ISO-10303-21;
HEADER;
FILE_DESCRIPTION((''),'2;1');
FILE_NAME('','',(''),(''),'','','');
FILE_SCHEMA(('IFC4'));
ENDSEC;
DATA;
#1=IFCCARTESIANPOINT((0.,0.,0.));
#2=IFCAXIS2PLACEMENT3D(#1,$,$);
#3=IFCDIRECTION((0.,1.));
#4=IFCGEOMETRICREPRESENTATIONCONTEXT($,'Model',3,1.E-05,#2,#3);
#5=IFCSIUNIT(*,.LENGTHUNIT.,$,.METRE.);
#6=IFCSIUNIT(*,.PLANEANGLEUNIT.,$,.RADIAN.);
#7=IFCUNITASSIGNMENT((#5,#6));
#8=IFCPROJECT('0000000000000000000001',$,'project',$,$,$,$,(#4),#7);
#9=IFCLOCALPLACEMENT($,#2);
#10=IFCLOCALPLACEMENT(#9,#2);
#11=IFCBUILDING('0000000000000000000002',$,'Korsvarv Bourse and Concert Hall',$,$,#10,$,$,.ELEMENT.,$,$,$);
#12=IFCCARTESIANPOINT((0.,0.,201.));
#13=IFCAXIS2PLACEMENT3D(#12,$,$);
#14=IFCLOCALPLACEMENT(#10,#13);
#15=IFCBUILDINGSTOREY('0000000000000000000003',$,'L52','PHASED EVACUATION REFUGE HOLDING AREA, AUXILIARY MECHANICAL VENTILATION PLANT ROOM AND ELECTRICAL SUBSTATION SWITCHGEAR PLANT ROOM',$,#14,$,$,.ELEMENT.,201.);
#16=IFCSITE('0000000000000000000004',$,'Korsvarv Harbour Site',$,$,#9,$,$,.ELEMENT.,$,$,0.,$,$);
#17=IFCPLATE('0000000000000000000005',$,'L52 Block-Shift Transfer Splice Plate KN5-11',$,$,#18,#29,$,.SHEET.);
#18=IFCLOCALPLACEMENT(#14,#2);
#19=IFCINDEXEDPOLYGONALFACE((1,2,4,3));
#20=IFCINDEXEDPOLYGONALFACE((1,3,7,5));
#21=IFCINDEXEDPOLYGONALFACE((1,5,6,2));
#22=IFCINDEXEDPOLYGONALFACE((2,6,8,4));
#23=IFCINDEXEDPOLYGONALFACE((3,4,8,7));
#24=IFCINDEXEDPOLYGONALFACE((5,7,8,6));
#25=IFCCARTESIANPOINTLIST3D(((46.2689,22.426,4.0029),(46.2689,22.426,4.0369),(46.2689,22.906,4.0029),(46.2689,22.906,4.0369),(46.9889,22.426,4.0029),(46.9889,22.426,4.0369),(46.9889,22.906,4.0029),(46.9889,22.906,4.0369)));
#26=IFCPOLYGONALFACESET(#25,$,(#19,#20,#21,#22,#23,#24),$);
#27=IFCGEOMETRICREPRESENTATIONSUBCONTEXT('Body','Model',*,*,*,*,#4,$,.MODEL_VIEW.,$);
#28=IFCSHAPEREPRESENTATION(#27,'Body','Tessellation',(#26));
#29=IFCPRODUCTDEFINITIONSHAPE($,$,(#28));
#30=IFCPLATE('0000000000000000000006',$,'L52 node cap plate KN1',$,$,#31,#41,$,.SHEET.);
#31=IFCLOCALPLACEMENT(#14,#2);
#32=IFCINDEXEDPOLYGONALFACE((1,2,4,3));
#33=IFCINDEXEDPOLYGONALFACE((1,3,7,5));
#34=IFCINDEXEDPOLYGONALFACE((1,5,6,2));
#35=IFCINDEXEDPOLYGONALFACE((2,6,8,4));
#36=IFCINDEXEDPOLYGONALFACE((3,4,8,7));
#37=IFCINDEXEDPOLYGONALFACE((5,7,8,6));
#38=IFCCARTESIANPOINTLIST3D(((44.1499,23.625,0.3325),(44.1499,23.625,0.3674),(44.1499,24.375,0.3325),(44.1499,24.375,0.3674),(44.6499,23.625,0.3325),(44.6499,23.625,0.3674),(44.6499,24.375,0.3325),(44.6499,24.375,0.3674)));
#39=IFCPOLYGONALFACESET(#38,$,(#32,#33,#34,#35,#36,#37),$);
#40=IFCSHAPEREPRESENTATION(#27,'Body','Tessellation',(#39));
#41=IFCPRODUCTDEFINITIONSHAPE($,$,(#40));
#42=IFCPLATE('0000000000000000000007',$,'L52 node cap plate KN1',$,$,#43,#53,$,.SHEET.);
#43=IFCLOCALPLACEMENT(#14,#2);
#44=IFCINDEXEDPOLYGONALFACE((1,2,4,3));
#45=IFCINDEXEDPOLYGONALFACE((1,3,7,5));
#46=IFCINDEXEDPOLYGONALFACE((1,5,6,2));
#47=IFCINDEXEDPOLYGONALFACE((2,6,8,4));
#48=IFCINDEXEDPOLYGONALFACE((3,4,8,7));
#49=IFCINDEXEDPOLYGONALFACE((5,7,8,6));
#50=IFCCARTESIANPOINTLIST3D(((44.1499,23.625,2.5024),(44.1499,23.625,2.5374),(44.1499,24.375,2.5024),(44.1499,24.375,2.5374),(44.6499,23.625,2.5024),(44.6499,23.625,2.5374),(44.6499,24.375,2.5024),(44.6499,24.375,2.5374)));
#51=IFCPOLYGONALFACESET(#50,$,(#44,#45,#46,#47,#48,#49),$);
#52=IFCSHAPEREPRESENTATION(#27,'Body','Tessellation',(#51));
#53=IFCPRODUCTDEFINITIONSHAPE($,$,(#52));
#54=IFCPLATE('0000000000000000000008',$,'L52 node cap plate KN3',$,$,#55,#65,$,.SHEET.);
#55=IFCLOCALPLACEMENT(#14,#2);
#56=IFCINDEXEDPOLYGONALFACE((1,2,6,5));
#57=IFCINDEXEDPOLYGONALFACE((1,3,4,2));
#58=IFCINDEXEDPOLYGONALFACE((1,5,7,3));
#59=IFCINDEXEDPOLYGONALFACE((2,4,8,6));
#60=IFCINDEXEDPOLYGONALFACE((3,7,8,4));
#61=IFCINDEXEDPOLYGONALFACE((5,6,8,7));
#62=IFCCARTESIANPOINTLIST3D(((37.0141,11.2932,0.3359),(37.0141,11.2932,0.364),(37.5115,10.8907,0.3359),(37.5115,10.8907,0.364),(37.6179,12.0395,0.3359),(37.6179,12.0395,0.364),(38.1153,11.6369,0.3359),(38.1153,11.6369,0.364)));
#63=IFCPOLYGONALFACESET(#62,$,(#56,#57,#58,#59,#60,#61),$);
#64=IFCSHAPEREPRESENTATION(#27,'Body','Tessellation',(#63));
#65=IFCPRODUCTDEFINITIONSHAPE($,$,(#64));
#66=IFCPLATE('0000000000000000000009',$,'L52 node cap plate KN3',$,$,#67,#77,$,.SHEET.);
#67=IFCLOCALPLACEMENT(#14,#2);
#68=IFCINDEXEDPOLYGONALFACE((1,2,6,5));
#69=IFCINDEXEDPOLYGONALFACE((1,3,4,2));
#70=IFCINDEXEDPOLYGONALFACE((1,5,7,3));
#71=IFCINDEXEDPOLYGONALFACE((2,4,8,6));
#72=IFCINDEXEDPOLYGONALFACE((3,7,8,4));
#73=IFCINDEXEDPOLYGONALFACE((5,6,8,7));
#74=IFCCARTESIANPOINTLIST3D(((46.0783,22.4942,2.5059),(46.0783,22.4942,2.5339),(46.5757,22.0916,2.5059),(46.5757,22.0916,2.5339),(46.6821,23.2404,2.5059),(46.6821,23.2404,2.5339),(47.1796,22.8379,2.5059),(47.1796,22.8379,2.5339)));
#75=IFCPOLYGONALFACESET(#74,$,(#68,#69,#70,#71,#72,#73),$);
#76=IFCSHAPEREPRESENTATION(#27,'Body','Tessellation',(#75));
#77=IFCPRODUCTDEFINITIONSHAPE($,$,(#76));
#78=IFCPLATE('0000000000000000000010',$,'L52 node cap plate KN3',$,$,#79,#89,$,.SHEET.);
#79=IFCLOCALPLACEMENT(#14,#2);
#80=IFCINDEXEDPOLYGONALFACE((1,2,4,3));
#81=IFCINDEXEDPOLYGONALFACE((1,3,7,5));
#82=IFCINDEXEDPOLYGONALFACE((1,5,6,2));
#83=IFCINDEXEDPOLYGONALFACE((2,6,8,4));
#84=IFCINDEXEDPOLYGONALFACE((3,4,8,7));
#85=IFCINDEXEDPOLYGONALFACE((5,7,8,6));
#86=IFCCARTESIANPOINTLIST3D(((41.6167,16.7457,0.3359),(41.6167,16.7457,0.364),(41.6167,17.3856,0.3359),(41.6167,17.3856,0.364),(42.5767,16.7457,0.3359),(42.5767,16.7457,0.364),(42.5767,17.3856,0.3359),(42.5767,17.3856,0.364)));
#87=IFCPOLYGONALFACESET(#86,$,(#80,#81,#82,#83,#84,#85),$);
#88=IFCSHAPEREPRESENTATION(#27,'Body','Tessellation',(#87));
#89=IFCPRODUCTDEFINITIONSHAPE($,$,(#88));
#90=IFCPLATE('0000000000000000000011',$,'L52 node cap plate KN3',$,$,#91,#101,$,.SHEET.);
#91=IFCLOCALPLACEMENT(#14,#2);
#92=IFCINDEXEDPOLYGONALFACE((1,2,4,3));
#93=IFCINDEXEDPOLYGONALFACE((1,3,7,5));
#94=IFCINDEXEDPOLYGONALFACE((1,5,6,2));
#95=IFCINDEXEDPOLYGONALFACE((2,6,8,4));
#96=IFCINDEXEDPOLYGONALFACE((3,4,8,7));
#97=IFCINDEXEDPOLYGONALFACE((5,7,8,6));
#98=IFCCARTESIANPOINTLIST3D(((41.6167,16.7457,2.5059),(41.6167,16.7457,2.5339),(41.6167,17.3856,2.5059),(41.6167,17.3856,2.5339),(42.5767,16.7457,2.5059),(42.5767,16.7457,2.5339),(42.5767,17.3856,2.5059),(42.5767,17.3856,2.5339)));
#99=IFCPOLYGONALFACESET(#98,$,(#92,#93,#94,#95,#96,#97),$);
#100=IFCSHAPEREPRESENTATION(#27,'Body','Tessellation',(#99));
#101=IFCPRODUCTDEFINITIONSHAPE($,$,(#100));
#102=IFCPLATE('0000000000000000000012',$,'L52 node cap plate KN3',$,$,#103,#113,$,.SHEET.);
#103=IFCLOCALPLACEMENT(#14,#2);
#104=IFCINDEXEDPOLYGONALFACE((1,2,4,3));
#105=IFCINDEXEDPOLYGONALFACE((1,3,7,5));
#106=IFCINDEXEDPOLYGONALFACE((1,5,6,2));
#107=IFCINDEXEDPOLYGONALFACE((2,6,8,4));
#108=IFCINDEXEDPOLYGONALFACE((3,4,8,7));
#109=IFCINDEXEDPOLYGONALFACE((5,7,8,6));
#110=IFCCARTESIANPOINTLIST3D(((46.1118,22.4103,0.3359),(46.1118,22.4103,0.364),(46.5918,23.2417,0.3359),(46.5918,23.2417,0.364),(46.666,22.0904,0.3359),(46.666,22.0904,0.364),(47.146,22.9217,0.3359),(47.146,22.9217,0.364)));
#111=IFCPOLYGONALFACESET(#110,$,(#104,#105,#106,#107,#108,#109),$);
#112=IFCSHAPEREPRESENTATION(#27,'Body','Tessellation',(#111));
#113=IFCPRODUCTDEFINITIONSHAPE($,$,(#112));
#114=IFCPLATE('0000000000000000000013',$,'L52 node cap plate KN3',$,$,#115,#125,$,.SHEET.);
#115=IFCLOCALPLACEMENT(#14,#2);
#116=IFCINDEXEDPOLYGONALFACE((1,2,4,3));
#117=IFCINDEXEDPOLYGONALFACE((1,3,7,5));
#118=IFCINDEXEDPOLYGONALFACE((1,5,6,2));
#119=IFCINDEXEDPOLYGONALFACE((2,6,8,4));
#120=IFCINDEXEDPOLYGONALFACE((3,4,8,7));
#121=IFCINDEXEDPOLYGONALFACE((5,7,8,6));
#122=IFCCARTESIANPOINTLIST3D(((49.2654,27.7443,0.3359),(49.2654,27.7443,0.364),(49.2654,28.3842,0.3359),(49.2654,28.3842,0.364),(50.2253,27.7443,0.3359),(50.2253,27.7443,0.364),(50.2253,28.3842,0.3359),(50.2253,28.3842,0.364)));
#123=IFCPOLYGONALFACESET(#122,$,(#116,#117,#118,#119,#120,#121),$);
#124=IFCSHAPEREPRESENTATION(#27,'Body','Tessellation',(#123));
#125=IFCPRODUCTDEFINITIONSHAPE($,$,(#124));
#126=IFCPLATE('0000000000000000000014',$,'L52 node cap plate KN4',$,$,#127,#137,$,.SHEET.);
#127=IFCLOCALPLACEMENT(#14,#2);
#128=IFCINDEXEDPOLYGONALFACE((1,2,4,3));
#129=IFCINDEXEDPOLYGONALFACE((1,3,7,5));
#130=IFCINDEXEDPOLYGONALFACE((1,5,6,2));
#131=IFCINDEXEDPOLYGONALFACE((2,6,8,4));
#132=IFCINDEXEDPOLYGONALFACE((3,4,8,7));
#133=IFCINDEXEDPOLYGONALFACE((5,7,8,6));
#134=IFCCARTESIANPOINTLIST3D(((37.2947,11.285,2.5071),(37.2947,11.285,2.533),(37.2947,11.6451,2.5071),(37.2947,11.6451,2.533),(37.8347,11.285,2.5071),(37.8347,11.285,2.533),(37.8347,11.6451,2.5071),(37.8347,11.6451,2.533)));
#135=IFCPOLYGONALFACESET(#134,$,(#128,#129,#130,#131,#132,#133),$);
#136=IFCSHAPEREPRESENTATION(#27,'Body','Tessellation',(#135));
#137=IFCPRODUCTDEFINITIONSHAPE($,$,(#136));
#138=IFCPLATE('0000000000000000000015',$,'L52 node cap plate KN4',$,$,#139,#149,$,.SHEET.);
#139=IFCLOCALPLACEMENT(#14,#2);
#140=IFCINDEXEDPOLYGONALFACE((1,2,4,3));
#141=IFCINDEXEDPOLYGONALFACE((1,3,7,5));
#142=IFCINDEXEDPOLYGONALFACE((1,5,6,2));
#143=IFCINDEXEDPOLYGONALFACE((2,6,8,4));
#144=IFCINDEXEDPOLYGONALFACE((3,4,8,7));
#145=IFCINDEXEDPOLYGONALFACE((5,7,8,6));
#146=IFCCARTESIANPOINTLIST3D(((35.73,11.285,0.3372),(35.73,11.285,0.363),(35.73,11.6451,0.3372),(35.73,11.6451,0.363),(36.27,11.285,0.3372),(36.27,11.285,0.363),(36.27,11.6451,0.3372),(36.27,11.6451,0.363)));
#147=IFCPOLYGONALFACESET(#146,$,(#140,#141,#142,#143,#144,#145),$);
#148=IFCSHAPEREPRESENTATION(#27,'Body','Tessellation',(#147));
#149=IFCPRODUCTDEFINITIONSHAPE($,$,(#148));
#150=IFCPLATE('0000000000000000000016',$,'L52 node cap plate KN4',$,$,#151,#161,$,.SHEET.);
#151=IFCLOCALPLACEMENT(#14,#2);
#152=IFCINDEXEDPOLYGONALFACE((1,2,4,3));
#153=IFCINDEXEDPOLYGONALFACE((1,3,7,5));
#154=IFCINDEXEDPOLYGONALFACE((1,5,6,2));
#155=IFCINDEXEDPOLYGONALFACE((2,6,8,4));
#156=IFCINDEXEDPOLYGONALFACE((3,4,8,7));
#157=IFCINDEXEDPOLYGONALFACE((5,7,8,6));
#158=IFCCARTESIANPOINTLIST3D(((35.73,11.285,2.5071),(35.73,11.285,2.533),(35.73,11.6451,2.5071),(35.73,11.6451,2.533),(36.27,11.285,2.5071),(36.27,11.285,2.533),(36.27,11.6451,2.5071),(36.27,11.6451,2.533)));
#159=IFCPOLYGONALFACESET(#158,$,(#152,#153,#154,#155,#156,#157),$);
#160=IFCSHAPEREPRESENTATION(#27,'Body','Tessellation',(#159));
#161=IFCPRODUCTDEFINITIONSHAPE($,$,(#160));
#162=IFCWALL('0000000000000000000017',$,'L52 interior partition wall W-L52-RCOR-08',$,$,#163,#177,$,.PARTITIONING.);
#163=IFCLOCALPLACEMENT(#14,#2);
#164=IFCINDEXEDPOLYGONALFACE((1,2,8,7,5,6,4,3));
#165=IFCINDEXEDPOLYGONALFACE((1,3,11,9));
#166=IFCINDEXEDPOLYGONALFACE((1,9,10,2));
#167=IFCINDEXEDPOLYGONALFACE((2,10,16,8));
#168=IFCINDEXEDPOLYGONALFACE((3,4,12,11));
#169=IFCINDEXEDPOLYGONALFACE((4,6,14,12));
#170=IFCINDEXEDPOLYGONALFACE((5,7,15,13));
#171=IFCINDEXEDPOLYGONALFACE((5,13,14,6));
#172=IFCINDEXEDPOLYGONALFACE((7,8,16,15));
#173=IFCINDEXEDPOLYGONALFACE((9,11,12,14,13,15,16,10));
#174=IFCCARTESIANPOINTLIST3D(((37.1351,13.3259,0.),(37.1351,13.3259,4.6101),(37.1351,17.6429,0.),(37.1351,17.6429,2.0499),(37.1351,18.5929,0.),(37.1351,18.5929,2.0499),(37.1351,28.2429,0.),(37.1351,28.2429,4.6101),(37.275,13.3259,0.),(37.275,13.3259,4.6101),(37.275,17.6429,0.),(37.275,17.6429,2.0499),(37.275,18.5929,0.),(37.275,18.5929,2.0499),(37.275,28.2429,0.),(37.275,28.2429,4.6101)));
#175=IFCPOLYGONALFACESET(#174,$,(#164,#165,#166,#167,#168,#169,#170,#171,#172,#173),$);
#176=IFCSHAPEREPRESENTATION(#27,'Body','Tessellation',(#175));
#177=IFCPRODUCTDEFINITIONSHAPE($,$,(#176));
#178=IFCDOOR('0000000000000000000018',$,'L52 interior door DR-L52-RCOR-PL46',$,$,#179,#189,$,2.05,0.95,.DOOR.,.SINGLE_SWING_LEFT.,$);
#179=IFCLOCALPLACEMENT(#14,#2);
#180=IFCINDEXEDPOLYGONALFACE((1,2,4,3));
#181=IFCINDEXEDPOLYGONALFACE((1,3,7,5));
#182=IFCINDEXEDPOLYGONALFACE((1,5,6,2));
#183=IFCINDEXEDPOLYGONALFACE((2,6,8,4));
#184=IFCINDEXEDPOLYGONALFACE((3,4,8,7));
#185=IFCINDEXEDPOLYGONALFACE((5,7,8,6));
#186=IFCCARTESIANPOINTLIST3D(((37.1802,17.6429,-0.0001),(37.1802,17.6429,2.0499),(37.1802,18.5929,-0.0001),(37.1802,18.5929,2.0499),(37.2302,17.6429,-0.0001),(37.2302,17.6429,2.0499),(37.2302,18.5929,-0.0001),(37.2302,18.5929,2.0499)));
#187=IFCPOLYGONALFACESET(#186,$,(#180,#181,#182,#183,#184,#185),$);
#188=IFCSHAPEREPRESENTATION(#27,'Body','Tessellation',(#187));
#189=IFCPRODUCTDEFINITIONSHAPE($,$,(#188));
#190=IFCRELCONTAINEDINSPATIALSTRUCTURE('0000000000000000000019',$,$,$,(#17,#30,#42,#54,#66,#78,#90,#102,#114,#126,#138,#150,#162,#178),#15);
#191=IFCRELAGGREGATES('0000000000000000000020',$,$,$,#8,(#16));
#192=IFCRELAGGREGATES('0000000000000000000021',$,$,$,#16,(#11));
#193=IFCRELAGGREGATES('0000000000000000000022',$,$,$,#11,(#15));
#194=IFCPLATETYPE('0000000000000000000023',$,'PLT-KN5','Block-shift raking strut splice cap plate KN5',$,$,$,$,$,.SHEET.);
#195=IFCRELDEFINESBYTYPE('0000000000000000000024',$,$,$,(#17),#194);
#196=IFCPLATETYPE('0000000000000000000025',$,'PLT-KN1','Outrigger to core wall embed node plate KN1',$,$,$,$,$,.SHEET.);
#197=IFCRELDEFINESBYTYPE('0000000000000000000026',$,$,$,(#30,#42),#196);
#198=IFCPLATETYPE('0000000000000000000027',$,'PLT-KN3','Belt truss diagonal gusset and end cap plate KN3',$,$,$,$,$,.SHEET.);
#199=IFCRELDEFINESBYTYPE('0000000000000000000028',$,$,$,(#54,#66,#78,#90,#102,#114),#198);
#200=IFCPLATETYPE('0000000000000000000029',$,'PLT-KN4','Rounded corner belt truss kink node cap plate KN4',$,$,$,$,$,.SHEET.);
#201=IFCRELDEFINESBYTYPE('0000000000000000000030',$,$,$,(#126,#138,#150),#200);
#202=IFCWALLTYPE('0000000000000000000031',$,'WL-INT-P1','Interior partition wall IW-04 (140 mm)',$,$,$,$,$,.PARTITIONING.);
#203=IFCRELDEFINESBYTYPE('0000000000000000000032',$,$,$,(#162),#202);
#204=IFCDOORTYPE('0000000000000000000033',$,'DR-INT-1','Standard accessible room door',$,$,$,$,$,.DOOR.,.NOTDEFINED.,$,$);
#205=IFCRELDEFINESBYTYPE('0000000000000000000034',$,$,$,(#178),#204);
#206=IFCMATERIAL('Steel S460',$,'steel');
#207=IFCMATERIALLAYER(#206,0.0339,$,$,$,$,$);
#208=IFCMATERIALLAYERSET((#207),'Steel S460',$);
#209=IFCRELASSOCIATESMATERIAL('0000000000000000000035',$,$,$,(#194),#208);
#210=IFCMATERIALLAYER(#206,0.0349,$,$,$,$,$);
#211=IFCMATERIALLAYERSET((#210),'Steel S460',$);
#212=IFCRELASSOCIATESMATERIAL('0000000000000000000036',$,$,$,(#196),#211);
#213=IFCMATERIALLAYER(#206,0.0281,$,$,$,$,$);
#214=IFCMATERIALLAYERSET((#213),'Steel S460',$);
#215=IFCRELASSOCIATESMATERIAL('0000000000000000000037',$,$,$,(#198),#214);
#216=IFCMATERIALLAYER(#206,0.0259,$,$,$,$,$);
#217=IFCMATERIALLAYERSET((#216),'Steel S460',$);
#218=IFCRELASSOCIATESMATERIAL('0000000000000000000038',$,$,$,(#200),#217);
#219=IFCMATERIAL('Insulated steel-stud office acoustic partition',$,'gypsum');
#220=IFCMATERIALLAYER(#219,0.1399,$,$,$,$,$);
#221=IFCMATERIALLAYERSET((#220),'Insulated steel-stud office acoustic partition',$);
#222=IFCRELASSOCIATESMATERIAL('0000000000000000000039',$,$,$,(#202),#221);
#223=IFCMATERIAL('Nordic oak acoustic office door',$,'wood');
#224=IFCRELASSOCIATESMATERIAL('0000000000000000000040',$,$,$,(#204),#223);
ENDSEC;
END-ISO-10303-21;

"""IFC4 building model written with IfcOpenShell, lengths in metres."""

from ifc_helpers import new_model, si_unit, direction, frame, frame_2d, origin, origin_2d, place, context, subcontext, project, spatial, rectangle, extrude, source, transform, mapped, material, layer, layer_set, type_object, element, fill, save


model = new_model("IFC4")

# Units and contexts
model_context = context("Model", 3, precision=1e-05, world=origin(), true_north=direction((0.0, 1.0)))
body_context = subcontext(model_context, "Body", "Model", "MODEL_VIEW")
ifc_project = project(units=[si_unit("LENGTHUNIT", "METRE"), si_unit("PLANEANGLEUNIT", "RADIAN")], contexts=[model_context])

# Site, building, storey
site_placement = place(None, origin())
site = spatial("IfcSite", under=ifc_project, at=site_placement, Name="Korsvarv Harbour Site", CompositionType="ELEMENT", RefElevation=0.0)
building_placement = place(site_placement, origin())
building = spatial("IfcBuilding", under=site, at=building_placement, Name="Korsvarv Bourse and Concert Hall", CompositionType="ELEMENT")
storey_placement = place(building_placement, frame((0.0, 0.0, 201.0)))
storey = spatial("IfcBuildingStorey", under=building, at=storey_placement, Name="L52", Description="PHASED EVACUATION REFUGE HOLDING AREA, AUXILIARY MECHANICAL VENTILATION PLANT ROOM AND ELECTRICAL SUBSTATION SWITCHGEAR PLANT ROOM", CompositionType="ELEMENT", Elevation=201.0)

# Plates
ifc_material_1 = material(Name="Steel S460", Category="steel")
ifc_layer_1 = layer(ifc_material_1, 0.0339)
ifc_layer_set_1 = layer_set([ifc_layer_1], Name="Steel S460")
plate_type_1 = type_object("IfcPlateType", Name="PLT-KN5", Description="Block-shift raking strut splice cap plate KN5", PredefinedType="SHEET", material=ifc_layer_set_1)
shared_shape_1 = source(origin(), body_context, "Body", "SweptSolid", [
    extrude(rectangle(XDim=0.72, YDim=0.48, at=origin_2d()), origin(), (0.0, 0.0, 1.0), 0.0339),
])
for number, where, z_axis, x_axis, name in (
    (1, (46.6289, 22.666, 4.0029), (0.0, 0.0, 1.0), (1.0, 0.0, 0.0), "L52 Block-Shift Transfer Splice Plate KN5-11"),
):
    element("IfcPlate", number, at=place(storey_placement, frame(where, z_axis=z_axis, x_axis=x_axis)), inside=storey, type_object=plate_type_1, Name=name, PredefinedType="SHEET", context=body_context, shape_type="MappedRepresentation", body=[
        mapped(shared_shape_1, transform((0.0, 0.0, 0.0), scale=1.0)),
    ])
ifc_layer_2 = layer(ifc_material_1, 0.0349)
ifc_layer_set_2 = layer_set([ifc_layer_2], Name="Steel S460")
plate_type_2 = type_object("IfcPlateType", Name="PLT-KN1", Description="Outrigger to core wall embed node plate KN1", PredefinedType="SHEET", material=ifc_layer_set_2)
shared_shape_2 = source(origin(), body_context, "Body", "SweptSolid", [
    extrude(rectangle(XDim=0.75, YDim=0.5, at=origin_2d()), origin(), (0.0, 0.0, 1.0), 0.0349),
])
for number, where, z_axis, x_axis, name in (
    (2, (44.3999, 24.0, 0.3325), (0.0, 0.0, 1.0), (0.0, 1.0, 0.0), "L52 node cap plate KN1"),
    (3, (44.3999, 24.0, 2.5024), (0.0, 0.0, 1.0), (0.0, 1.0, 0.0), "L52 node cap plate KN1"),
):
    element("IfcPlate", number, at=place(storey_placement, frame(where, z_axis=z_axis, x_axis=x_axis)), inside=storey, type_object=plate_type_2, Name=name, PredefinedType="SHEET", context=body_context, shape_type="MappedRepresentation", body=[
        mapped(shared_shape_2, transform((0.0, 0.0, 0.0), scale=1.0)),
    ])
ifc_layer_3 = layer(ifc_material_1, 0.0281)
ifc_layer_set_3 = layer_set([ifc_layer_3], Name="Steel S460")
plate_type_3 = type_object("IfcPlateType", Name="PLT-KN3", Description="Belt truss diagonal gusset and end cap plate KN3", PredefinedType="SHEET", material=ifc_layer_set_3)
shared_shape_3 = source(origin(), body_context, "Body", "SweptSolid", [
    extrude(rectangle(XDim=0.96, YDim=0.6399, at=origin_2d()), origin(), (0.0, 0.0, 1.0), 0.0281),
])
for number, where, z_axis, x_axis, name in (
    (4, (37.5647, 11.4651, 0.3359), (0.0, 0.0, 1.0), (0.629049, 0.777366, 0.0), "L52 node cap plate KN3"),
    (5, (46.6289, 22.666, 2.5059), (0.0, 0.0, 1.0), (0.629049, 0.777366, 0.0), "L52 node cap plate KN3"),
    (6, (42.0967, 17.0657, 0.3359), (0.0, 0.0, 1.0), (1.0, 0.0, 0.0), "L52 node cap plate KN3"),
    (7, (42.0967, 17.0657, 2.5059), (0.0, 0.0, 1.0), (1.0, 0.0, 0.0), "L52 node cap plate KN3"),
    (8, (46.6289, 22.666, 0.3359), (0.0, 0.0, 1.0), (0.5, 0.866025, 0.0), "L52 node cap plate KN3"),
    (9, (49.7454, 28.0642, 0.3359), (0.0, 0.0, 1.0), (1.0, 0.0, 0.0), "L52 node cap plate KN3"),
):
    element("IfcPlate", number, at=place(storey_placement, frame(where, z_axis=z_axis, x_axis=x_axis)), inside=storey, type_object=plate_type_3, Name=name, PredefinedType="SHEET", context=body_context, shape_type="MappedRepresentation", body=[
        mapped(shared_shape_3, transform((0.0, 0.0, 0.0), scale=1.0)),
    ])
ifc_layer_4 = layer(ifc_material_1, 0.0259)
ifc_layer_set_4 = layer_set([ifc_layer_4], Name="Steel S460")
plate_type_4 = type_object("IfcPlateType", Name="PLT-KN4", Description="Rounded corner belt truss kink node cap plate KN4", PredefinedType="SHEET", material=ifc_layer_set_4)
shared_shape_4 = source(origin(), body_context, "Body", "SweptSolid", [
    extrude(rectangle(XDim=0.54, YDim=0.3601, at=origin_2d()), origin(), (0.0, 0.0, 1.0), 0.0259),
])
for number, where, z_axis, x_axis, name in (
    (10, (37.5647, 11.4651, 2.5071), (0.0, 0.0, 1.0), (1.0, 0.0, 0.0), "L52 node cap plate KN4"),
    (11, (36.0, 11.4651, 0.3372), (0.0, 0.0, 1.0), (1.0, 0.0, 0.0), "L52 node cap plate KN4"),
    (12, (36.0, 11.4651, 2.5071), (0.0, 0.0, 1.0), (1.0, 0.0, 0.0), "L52 node cap plate KN4"),
):
    element("IfcPlate", number, at=place(storey_placement, frame(where, z_axis=z_axis, x_axis=x_axis)), inside=storey, type_object=plate_type_4, Name=name, PredefinedType="SHEET", context=body_context, shape_type="MappedRepresentation", body=[
        mapped(shared_shape_4, transform((0.0, 0.0, 0.0), scale=1.0)),
    ])

# Wall, opening, door
ifc_material_2 = material(Name="Insulated steel-stud office acoustic partition", Category="gypsum")
ifc_layer_5 = layer(ifc_material_2, 0.1399)
ifc_layer_set_5 = layer_set([ifc_layer_5], Name="Insulated steel-stud office acoustic partition")
wall_type = type_object("IfcWallType", Name="WL-INT-P1", Description="Interior partition wall IW-04 (140 mm)", PredefinedType="PARTITIONING", material=ifc_layer_set_5)
wall_placement = place(storey_placement, frame((37.2051, 13.3259, 0.0), z_axis=(0.0, 0.0, 1.0), x_axis=(0.0, 1.0, 0.0)))
wall = element("IfcWall", 13, at=wall_placement, inside=storey, type_object=wall_type, Name="L52 interior partition wall W-L52-RCOR-08", PredefinedType="PARTITIONING", context=body_context, shape_type="SweptSolid", body=[
    extrude(rectangle(XDim=14.917, YDim=0.1399, at=frame_2d((7.4585, 0.0))), origin(), (0.0, 0.0, 1.0), 4.6101),
])
opening_placement = place(wall_placement, frame((4.3169, 0.0, 0.0)))
opening = element("IfcOpeningElement", 14, at=opening_placement, cuts=wall, PredefinedType="OPENING", context=body_context, shape_type="SweptSolid", body=[
    extrude(rectangle(XDim=0.95, YDim=2.05, at=frame_2d((0.4751, 1.0249))), frame((0.0, 0.0801, 0.0), z_axis=(0.0, -1.0, 0.0), x_axis=(1.0, 0.0, 0.0)), (0.0, 0.0, 1.0), 0.1599),
])
ifc_material_3 = material(Name="Nordic oak acoustic office door", Category="wood")
door_type = type_object("IfcDoorType", Name="DR-INT-1", Description="Standard accessible room door", OperationType="NOTDEFINED", PredefinedType="DOOR", material=ifc_material_3)
door_placement = place(opening_placement, origin())
door = element("IfcDoor", 15, at=door_placement, inside=storey, type_object=door_type, Name="L52 interior door DR-L52-RCOR-PL46", OperationType="SINGLE_SWING_LEFT", OverallHeight=2.05, OverallWidth=0.95, PredefinedType="DOOR", context=body_context, shape_type="SweptSolid", body=[
    extrude(rectangle(XDim=0.95, YDim=2.05, at=frame_2d((0.4751, 1.0249))), frame((0.0, 0.0249, 0.0), z_axis=(0.0, -1.0, 0.0), x_axis=(1.0, 0.0, 0.0)), (0.0, 0.0, 1.0), 0.05),
])
fill(opening, door)

save(model, "model.ifc")
